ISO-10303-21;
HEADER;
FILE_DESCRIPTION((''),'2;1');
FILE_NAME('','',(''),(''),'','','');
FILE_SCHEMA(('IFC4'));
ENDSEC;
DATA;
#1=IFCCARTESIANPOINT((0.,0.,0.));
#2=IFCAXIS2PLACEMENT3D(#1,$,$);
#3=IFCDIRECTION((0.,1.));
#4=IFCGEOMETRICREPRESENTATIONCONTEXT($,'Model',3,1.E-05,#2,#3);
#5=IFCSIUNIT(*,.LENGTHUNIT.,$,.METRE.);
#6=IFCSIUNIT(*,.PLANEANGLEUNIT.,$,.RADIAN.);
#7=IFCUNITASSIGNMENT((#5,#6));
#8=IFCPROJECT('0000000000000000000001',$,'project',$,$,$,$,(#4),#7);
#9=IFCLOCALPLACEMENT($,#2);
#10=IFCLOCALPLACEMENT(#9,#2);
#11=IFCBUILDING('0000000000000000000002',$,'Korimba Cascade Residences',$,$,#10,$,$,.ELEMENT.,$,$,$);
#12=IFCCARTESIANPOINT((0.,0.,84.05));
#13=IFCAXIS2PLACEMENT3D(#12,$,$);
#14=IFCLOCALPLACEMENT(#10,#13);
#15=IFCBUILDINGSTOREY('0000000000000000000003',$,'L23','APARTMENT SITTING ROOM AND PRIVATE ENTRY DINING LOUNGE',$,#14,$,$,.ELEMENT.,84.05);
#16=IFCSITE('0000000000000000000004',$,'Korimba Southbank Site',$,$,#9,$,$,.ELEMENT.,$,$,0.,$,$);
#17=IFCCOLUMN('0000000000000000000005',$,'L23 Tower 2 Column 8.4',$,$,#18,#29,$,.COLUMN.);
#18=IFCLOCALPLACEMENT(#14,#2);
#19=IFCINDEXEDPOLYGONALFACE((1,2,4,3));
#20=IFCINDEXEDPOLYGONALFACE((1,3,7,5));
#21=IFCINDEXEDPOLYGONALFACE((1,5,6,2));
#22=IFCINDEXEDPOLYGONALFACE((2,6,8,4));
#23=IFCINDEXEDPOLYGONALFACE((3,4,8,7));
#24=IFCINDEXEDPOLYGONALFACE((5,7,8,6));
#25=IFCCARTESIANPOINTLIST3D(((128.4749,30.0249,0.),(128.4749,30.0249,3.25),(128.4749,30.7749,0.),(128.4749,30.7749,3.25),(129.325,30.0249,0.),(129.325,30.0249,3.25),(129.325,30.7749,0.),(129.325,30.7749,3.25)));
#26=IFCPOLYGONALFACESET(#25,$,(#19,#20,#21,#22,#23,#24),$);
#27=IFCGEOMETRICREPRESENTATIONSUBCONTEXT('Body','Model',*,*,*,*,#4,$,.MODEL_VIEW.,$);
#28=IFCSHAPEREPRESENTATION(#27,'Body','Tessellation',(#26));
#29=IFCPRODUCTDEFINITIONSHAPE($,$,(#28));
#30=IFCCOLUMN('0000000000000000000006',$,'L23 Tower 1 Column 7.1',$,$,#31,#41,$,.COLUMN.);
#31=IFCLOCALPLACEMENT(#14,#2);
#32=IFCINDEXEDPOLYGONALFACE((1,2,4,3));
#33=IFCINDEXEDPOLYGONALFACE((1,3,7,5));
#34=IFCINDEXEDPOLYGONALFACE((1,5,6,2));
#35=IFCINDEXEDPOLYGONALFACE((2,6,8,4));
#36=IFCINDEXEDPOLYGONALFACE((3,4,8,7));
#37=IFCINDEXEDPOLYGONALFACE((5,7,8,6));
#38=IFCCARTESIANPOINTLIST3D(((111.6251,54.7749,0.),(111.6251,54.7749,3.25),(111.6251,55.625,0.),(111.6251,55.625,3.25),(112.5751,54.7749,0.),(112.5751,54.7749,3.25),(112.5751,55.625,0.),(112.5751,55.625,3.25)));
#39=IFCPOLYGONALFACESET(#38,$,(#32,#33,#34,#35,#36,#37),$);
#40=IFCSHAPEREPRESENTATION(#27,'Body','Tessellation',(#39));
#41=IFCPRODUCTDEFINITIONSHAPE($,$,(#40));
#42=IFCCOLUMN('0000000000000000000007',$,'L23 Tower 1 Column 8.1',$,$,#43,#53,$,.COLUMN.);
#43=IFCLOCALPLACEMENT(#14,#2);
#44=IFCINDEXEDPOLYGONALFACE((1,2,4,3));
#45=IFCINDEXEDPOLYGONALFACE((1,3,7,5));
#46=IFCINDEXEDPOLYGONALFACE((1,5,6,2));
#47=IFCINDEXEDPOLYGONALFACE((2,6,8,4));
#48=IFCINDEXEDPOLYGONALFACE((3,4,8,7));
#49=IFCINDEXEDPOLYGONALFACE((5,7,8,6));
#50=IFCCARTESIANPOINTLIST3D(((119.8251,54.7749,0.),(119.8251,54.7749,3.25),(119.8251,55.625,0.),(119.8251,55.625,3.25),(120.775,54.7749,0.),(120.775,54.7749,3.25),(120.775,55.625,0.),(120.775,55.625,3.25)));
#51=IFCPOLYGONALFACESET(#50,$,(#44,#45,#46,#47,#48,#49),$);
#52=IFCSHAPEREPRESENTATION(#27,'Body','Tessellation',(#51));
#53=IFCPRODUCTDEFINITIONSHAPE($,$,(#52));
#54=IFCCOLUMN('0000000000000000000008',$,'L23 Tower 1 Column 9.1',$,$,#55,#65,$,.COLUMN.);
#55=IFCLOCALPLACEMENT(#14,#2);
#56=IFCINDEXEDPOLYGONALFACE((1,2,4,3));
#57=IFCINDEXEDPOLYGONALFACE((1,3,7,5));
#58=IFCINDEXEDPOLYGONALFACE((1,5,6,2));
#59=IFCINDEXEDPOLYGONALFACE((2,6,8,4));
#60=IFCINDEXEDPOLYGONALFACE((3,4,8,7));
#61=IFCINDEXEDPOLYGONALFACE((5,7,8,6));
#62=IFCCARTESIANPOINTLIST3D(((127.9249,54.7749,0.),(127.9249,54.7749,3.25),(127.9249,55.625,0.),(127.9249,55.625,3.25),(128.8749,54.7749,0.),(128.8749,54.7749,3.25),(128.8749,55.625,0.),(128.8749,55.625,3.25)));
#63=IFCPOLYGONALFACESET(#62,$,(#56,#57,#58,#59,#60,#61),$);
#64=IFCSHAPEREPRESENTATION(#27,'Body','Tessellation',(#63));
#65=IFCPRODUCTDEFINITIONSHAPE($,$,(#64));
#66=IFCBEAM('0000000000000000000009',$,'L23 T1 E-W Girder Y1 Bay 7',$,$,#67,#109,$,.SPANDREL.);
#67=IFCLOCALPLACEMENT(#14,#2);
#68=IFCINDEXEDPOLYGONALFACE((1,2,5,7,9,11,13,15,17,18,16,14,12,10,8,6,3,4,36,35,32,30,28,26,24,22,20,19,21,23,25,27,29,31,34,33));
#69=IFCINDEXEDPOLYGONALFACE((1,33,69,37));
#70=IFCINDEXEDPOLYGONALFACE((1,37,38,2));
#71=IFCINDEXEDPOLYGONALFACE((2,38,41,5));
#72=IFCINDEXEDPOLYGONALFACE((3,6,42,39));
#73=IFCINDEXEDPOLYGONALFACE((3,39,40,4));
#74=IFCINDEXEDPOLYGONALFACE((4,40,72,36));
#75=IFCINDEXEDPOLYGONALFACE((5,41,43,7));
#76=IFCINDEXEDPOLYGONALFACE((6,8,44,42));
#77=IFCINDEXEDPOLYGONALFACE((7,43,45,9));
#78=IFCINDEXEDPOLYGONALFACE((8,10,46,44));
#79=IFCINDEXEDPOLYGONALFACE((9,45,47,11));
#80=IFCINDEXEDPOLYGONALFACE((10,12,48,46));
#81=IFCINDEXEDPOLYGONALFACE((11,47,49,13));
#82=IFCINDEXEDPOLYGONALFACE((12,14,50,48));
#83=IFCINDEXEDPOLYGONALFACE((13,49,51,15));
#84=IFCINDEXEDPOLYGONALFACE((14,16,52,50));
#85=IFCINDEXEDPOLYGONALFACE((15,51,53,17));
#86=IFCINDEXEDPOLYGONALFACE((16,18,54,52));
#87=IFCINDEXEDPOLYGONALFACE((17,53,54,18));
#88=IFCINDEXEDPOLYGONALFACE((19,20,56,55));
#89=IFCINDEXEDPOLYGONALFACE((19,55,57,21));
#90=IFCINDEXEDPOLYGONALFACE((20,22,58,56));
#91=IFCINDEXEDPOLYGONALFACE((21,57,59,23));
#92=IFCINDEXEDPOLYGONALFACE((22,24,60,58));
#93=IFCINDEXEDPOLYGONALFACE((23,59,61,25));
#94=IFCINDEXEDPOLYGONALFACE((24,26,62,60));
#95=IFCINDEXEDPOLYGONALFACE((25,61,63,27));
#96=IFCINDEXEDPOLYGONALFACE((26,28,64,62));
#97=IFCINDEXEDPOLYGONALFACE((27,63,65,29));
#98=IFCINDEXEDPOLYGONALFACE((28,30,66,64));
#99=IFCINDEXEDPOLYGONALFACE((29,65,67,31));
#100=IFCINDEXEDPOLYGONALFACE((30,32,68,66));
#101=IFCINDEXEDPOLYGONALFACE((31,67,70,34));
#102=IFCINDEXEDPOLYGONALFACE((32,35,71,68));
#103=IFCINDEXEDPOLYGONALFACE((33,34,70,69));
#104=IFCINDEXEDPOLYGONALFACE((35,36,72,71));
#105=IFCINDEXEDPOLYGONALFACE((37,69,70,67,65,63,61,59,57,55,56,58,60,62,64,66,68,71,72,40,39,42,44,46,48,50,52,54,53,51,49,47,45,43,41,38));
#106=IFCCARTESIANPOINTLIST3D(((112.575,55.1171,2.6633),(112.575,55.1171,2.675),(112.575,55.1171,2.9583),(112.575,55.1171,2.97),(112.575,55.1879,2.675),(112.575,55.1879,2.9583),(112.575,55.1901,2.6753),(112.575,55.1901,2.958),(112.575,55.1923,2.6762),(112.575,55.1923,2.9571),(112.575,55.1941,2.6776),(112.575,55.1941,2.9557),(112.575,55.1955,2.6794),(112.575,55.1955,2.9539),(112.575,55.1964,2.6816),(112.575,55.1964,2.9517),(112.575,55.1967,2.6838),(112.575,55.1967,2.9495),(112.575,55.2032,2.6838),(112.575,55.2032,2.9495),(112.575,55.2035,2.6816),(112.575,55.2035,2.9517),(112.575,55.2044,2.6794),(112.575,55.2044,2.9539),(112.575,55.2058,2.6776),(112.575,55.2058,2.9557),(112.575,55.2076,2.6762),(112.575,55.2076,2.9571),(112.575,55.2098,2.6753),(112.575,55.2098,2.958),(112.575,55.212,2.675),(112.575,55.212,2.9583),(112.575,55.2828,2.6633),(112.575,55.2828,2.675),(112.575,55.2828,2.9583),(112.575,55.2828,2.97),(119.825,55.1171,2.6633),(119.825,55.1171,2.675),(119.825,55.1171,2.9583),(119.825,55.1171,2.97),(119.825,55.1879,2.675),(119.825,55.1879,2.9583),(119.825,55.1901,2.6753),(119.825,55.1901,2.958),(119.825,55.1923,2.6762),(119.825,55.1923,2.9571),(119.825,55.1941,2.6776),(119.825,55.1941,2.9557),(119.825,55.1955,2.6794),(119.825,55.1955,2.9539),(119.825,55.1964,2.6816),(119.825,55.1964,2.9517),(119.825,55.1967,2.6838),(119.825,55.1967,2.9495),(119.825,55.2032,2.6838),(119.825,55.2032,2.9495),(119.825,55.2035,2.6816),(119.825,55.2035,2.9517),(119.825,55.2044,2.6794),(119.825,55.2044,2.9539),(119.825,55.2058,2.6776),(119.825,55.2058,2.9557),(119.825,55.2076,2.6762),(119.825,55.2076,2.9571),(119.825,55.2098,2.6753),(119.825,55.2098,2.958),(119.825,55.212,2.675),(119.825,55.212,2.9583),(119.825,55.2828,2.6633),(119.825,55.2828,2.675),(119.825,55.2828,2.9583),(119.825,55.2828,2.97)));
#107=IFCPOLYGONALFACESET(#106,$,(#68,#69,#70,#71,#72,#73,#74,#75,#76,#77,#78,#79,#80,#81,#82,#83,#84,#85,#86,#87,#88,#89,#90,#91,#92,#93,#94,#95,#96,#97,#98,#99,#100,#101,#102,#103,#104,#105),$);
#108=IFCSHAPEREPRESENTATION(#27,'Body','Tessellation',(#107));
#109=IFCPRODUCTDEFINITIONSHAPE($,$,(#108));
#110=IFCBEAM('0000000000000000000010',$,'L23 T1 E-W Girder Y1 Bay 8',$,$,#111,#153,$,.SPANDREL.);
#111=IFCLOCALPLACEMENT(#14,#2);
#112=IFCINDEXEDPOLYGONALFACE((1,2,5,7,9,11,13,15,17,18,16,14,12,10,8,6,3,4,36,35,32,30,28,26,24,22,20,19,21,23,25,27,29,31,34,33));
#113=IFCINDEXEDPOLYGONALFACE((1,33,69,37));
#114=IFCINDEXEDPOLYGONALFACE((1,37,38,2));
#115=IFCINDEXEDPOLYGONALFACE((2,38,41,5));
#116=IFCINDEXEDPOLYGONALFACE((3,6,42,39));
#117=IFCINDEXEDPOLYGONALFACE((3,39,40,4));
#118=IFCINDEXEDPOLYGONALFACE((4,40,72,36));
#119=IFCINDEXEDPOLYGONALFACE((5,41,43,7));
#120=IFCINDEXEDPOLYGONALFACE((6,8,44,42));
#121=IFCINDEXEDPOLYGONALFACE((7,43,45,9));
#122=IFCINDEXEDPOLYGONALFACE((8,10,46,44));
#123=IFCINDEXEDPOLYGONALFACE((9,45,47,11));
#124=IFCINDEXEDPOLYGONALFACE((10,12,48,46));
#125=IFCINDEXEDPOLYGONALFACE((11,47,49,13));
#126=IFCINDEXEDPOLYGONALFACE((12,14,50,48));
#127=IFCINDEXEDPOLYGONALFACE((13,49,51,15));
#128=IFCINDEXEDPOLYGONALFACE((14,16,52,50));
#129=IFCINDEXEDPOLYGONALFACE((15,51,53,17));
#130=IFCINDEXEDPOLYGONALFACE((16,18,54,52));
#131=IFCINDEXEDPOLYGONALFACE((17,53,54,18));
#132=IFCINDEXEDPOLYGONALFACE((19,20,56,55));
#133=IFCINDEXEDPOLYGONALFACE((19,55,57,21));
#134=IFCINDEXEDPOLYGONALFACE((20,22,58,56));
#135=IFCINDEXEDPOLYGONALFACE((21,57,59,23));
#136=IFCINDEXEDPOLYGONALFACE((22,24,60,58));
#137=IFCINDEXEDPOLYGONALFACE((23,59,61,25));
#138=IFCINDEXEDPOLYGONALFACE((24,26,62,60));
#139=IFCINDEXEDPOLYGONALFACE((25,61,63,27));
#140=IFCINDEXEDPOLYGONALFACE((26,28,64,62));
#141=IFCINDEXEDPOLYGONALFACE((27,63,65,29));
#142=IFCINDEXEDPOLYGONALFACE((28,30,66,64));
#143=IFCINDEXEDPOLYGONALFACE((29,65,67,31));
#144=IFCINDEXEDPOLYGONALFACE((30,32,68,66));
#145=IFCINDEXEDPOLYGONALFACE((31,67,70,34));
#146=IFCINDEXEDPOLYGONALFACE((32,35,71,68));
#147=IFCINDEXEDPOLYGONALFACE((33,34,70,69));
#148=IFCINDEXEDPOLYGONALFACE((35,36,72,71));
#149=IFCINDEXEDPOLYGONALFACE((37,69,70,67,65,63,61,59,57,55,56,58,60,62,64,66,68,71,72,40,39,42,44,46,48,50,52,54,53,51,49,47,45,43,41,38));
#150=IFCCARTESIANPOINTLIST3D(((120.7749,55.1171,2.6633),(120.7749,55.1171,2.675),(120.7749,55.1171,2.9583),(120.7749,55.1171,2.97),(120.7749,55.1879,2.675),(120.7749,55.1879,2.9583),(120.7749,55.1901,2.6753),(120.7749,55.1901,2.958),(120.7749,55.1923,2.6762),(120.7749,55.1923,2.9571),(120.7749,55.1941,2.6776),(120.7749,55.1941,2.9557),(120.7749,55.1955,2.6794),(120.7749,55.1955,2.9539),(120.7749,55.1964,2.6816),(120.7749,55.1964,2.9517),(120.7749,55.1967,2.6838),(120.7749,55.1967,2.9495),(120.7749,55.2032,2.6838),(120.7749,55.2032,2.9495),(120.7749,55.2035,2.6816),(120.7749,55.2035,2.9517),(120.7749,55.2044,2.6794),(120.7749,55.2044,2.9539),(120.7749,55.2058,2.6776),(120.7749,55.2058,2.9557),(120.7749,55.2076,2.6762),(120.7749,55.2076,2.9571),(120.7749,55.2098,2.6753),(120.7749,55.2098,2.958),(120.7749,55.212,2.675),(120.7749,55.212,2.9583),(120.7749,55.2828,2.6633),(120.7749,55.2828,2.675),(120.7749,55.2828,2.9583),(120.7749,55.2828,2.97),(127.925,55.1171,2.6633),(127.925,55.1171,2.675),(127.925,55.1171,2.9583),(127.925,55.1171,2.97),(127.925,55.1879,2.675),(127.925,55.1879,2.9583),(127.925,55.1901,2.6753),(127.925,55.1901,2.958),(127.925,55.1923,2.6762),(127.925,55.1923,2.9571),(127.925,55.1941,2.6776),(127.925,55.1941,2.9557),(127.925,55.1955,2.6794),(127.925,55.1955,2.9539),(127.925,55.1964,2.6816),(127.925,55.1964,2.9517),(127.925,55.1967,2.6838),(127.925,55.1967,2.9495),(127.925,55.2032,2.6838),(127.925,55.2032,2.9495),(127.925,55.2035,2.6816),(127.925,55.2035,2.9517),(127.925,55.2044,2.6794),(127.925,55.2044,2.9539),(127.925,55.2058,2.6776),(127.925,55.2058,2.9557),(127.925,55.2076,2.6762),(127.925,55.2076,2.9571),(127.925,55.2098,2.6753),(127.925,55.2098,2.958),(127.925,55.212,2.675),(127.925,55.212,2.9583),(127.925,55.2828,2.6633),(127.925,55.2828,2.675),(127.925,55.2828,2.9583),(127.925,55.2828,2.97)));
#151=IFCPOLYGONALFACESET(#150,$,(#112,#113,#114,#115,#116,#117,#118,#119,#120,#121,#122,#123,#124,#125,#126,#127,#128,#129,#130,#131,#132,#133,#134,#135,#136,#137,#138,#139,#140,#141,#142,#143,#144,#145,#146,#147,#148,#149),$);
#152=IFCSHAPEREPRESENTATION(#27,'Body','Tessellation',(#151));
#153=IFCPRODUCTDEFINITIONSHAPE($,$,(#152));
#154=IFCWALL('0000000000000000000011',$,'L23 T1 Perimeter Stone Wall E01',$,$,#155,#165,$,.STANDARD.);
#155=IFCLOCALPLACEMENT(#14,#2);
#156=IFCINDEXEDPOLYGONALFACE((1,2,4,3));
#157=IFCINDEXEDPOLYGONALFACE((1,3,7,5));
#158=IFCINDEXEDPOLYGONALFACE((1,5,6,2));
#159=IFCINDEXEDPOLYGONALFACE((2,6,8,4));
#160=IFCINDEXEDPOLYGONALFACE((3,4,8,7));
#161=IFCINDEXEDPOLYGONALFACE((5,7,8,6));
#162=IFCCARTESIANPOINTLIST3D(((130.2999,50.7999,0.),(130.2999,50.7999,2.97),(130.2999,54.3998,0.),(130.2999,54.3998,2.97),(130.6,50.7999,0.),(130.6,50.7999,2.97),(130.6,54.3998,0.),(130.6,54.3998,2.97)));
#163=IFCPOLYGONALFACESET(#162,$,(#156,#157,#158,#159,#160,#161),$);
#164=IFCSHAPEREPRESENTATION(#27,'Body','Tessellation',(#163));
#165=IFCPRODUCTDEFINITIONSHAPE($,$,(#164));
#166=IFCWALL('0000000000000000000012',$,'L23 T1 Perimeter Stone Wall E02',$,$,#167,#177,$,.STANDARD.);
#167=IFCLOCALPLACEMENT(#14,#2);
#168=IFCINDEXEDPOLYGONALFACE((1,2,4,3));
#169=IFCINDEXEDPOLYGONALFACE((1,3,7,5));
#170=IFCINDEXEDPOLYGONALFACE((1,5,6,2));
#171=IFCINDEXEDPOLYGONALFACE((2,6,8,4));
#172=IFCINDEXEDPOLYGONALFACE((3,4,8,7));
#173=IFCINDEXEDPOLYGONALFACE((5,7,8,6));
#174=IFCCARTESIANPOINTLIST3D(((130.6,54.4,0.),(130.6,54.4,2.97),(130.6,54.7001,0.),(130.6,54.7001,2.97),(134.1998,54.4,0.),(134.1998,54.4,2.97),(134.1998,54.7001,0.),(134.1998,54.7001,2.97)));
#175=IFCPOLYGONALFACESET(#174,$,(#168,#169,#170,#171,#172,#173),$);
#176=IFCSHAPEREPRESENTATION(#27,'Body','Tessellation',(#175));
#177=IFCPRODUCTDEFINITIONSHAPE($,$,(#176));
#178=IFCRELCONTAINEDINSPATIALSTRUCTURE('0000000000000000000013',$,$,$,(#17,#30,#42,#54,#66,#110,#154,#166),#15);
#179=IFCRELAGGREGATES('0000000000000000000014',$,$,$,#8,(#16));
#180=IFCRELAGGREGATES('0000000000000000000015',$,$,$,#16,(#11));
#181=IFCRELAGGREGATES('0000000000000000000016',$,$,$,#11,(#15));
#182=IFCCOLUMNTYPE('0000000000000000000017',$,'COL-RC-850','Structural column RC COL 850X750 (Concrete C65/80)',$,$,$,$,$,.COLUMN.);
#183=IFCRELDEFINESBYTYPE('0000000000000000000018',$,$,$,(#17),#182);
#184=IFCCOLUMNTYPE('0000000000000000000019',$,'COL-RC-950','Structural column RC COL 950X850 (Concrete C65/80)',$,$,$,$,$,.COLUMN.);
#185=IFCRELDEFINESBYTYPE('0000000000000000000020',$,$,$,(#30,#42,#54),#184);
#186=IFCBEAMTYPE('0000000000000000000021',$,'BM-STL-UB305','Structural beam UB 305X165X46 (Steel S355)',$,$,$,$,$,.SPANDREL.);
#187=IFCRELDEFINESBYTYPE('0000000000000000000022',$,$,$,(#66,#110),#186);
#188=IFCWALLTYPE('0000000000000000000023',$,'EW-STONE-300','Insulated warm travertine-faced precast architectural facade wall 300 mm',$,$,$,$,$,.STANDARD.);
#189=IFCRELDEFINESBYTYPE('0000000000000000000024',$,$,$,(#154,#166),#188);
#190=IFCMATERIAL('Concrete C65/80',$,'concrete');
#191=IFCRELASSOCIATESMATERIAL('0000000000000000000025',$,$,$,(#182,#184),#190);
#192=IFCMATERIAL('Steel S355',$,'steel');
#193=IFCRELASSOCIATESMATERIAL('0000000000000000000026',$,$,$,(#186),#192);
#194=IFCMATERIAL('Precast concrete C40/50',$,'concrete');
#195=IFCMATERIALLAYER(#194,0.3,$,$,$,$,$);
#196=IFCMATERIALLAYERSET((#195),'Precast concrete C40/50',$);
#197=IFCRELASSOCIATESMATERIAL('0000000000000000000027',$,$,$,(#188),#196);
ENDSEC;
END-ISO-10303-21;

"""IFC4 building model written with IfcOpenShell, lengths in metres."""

from ifc_helpers import new_model, si_unit, direction, frame, frame_2d, origin, origin_2d, place, context, subcontext, project, spatial, rectangle, i_section, extrude, material, layer, layer_set, material_profile, profile_set, type_object, element, save


model = new_model("IFC4")

# Units and contexts
model_context = context("Model", 3, precision=1e-05, world=origin(), true_north=direction((0.0, 1.0)))
body_context = subcontext(model_context, "Body", "Model", "MODEL_VIEW")
ifc_project = project(units=[si_unit("LENGTHUNIT", "METRE"), si_unit("PLANEANGLEUNIT", "RADIAN")], contexts=[model_context])

# Site, building, storey
site_placement = place(None, origin())
site = spatial("IfcSite", under=ifc_project, at=site_placement, Name="Korimba Southbank Site", CompositionType="ELEMENT", RefElevation=0.0)
building_placement = place(site_placement, origin())
building = spatial("IfcBuilding", under=site, at=building_placement, Name="Korimba Cascade Residences", CompositionType="ELEMENT")
storey_placement = place(building_placement, frame((0.0, 0.0, 84.05)))
storey = spatial("IfcBuildingStorey", under=building, at=storey_placement, Name="L23", Description="APARTMENT SITTING ROOM AND PRIVATE ENTRY DINING LOUNGE", CompositionType="ELEMENT", Elevation=84.05)

# Columns
ifc_material_1 = material(Name="Concrete C65/80", Category="concrete")
ifc_material_profile_1 = material_profile(ifc_material_1, rectangle(XDim=0.8501, YDim=0.75, at=origin_2d()), Name="Concrete C65/80")
ifc_profile_set_1 = profile_set([ifc_material_profile_1], Name="Concrete C65/80")
column_type_1 = type_object("IfcColumnType", Name="COL-RC-850", Description="Structural column RC COL 850X750 (Concrete C65/80)", PredefinedType="COLUMN", material=ifc_profile_set_1)
column_placement = place(storey_placement, frame((128.8999, 30.3999, 0.0), z_axis=(0.0, 0.0, 1.0), x_axis=(1.0, 0.0, 0.0)))
element("IfcColumn", 1, at=column_placement, inside=storey, type_object=column_type_1, Name="L23 Tower 2 Column 8.4", PredefinedType="COLUMN", context=body_context, shape_type="SweptSolid", body=[
    extrude(rectangle(XDim=0.8501, YDim=0.75, at=origin_2d()), origin(), (0.0, 0.0, 1.0), 3.25),
])
ifc_material_profile_2 = material_profile(ifc_material_1, rectangle(XDim=0.95, YDim=0.8501, at=origin_2d()), Name="Concrete C65/80")
ifc_profile_set_2 = profile_set([ifc_material_profile_2], Name="Concrete C65/80")
column_type_2 = type_object("IfcColumnType", Name="COL-RC-950", Description="Structural column RC COL 950X850 (Concrete C65/80)", PredefinedType="COLUMN", material=ifc_profile_set_2)
for number, where, z_axis, x_axis, name in (
    (2, (112.1001, 55.2, 0.0), (0.0, 0.0, 1.0), (1.0, 0.0, 0.0), "L23 Tower 1 Column 7.1"),
    (3, (120.3, 55.2, 0.0), (0.0, 0.0, 1.0), (1.0, 0.0, 0.0), "L23 Tower 1 Column 8.1"),
    (4, (128.3999, 55.2, 0.0), (0.0, 0.0, 1.0), (1.0, 0.0, 0.0), "L23 Tower 1 Column 9.1"),
):
    element("IfcColumn", number, at=place(storey_placement, frame(where, z_axis=z_axis, x_axis=x_axis)), inside=storey, type_object=column_type_2, Name=name, PredefinedType="COLUMN", context=body_context, shape_type="SweptSolid", body=[
        extrude(rectangle(XDim=0.95, YDim=0.8501, at=origin_2d()), origin(), (0.0, 0.0, 1.0), 3.25),
    ])

# Beams
ifc_material_2 = material(Name="Steel S355", Category="steel")
ifc_material_profile_3 = material_profile(ifc_material_2, i_section(OverallWidth=0.1658, OverallDepth=0.3066, WebThickness=0.0066, FlangeThickness=0.0117, FilletRadius=0.0088, at=origin_2d()), Name="Steel S355")
ifc_profile_set_3 = profile_set([ifc_material_profile_3], Name="Steel S355")
beam_type = type_object("IfcBeamType", Name="BM-STL-UB305", Description="Structural beam UB 305X165X46 (Steel S355)", PredefinedType="SPANDREL", material=ifc_profile_set_3)
beam_1_placement = place(storey_placement, frame((112.575, 55.2, 2.8167), z_axis=(1.0, 0.0, 0.0), x_axis=(0.0, 1.0, 0.0)))
element("IfcBeam", 5, at=beam_1_placement, inside=storey, type_object=beam_type, Name="L23 T1 E-W Girder Y1 Bay 7", PredefinedType="SPANDREL", context=body_context, shape_type="SweptSolid", body=[
    extrude(i_section(OverallWidth=0.1658, OverallDepth=0.3066, WebThickness=0.0066, FlangeThickness=0.0117, FilletRadius=0.0088, at=origin_2d()), origin(), (0.0, 0.0, 1.0), 7.25),
])
beam_2_placement = place(storey_placement, frame((120.7749, 55.2, 2.8167), z_axis=(1.0, 0.0, 0.0), x_axis=(0.0, 1.0, 0.0)))
element("IfcBeam", 6, at=beam_2_placement, inside=storey, type_object=beam_type, Name="L23 T1 E-W Girder Y1 Bay 8", PredefinedType="SPANDREL", context=body_context, shape_type="SweptSolid", body=[
    extrude(i_section(OverallWidth=0.1658, OverallDepth=0.3066, WebThickness=0.0066, FlangeThickness=0.0117, FilletRadius=0.0088, at=origin_2d()), origin(), (0.0, 0.0, 1.0), 7.1501),
])

# Walls
ifc_material_3 = material(Name="Precast concrete C40/50", Category="concrete")
ifc_layer_1 = layer(ifc_material_3, 0.3)
ifc_layer_set_1 = layer_set([ifc_layer_1], Name="Precast concrete C40/50")
wall_type_1 = type_object("IfcWallType", Name="EW-STONE-300", Description="Insulated warm travertine-faced precast architectural facade wall 300 mm", PredefinedType="STANDARD", material=ifc_layer_set_1)
for number, where, z_axis, x_axis, name in (
    (7, (130.45, 50.8, 0.0), (0.0, 0.0, 1.0), (0.0, 1.0, 0.0), "L23 T1 Perimeter Stone Wall E01"),
    (8, (130.6001, 54.55, 0.0), (0.0, 0.0, 1.0), (1.0, 0.0, 0.0), "L23 T1 Perimeter Stone Wall E02"),
):
    element("IfcWall", number, at=place(storey_placement, frame(where, z_axis=z_axis, x_axis=x_axis)), inside=storey, type_object=wall_type_1, Name=name, PredefinedType="STANDARD", context=body_context, shape_type="SweptSolid", body=[
        extrude(rectangle(XDim=3.5999, YDim=0.3, at=frame_2d((1.7998, 0.0))), origin(), (0.0, 0.0, 1.0), 2.97),
    ])

save(model, "model.ifc")
